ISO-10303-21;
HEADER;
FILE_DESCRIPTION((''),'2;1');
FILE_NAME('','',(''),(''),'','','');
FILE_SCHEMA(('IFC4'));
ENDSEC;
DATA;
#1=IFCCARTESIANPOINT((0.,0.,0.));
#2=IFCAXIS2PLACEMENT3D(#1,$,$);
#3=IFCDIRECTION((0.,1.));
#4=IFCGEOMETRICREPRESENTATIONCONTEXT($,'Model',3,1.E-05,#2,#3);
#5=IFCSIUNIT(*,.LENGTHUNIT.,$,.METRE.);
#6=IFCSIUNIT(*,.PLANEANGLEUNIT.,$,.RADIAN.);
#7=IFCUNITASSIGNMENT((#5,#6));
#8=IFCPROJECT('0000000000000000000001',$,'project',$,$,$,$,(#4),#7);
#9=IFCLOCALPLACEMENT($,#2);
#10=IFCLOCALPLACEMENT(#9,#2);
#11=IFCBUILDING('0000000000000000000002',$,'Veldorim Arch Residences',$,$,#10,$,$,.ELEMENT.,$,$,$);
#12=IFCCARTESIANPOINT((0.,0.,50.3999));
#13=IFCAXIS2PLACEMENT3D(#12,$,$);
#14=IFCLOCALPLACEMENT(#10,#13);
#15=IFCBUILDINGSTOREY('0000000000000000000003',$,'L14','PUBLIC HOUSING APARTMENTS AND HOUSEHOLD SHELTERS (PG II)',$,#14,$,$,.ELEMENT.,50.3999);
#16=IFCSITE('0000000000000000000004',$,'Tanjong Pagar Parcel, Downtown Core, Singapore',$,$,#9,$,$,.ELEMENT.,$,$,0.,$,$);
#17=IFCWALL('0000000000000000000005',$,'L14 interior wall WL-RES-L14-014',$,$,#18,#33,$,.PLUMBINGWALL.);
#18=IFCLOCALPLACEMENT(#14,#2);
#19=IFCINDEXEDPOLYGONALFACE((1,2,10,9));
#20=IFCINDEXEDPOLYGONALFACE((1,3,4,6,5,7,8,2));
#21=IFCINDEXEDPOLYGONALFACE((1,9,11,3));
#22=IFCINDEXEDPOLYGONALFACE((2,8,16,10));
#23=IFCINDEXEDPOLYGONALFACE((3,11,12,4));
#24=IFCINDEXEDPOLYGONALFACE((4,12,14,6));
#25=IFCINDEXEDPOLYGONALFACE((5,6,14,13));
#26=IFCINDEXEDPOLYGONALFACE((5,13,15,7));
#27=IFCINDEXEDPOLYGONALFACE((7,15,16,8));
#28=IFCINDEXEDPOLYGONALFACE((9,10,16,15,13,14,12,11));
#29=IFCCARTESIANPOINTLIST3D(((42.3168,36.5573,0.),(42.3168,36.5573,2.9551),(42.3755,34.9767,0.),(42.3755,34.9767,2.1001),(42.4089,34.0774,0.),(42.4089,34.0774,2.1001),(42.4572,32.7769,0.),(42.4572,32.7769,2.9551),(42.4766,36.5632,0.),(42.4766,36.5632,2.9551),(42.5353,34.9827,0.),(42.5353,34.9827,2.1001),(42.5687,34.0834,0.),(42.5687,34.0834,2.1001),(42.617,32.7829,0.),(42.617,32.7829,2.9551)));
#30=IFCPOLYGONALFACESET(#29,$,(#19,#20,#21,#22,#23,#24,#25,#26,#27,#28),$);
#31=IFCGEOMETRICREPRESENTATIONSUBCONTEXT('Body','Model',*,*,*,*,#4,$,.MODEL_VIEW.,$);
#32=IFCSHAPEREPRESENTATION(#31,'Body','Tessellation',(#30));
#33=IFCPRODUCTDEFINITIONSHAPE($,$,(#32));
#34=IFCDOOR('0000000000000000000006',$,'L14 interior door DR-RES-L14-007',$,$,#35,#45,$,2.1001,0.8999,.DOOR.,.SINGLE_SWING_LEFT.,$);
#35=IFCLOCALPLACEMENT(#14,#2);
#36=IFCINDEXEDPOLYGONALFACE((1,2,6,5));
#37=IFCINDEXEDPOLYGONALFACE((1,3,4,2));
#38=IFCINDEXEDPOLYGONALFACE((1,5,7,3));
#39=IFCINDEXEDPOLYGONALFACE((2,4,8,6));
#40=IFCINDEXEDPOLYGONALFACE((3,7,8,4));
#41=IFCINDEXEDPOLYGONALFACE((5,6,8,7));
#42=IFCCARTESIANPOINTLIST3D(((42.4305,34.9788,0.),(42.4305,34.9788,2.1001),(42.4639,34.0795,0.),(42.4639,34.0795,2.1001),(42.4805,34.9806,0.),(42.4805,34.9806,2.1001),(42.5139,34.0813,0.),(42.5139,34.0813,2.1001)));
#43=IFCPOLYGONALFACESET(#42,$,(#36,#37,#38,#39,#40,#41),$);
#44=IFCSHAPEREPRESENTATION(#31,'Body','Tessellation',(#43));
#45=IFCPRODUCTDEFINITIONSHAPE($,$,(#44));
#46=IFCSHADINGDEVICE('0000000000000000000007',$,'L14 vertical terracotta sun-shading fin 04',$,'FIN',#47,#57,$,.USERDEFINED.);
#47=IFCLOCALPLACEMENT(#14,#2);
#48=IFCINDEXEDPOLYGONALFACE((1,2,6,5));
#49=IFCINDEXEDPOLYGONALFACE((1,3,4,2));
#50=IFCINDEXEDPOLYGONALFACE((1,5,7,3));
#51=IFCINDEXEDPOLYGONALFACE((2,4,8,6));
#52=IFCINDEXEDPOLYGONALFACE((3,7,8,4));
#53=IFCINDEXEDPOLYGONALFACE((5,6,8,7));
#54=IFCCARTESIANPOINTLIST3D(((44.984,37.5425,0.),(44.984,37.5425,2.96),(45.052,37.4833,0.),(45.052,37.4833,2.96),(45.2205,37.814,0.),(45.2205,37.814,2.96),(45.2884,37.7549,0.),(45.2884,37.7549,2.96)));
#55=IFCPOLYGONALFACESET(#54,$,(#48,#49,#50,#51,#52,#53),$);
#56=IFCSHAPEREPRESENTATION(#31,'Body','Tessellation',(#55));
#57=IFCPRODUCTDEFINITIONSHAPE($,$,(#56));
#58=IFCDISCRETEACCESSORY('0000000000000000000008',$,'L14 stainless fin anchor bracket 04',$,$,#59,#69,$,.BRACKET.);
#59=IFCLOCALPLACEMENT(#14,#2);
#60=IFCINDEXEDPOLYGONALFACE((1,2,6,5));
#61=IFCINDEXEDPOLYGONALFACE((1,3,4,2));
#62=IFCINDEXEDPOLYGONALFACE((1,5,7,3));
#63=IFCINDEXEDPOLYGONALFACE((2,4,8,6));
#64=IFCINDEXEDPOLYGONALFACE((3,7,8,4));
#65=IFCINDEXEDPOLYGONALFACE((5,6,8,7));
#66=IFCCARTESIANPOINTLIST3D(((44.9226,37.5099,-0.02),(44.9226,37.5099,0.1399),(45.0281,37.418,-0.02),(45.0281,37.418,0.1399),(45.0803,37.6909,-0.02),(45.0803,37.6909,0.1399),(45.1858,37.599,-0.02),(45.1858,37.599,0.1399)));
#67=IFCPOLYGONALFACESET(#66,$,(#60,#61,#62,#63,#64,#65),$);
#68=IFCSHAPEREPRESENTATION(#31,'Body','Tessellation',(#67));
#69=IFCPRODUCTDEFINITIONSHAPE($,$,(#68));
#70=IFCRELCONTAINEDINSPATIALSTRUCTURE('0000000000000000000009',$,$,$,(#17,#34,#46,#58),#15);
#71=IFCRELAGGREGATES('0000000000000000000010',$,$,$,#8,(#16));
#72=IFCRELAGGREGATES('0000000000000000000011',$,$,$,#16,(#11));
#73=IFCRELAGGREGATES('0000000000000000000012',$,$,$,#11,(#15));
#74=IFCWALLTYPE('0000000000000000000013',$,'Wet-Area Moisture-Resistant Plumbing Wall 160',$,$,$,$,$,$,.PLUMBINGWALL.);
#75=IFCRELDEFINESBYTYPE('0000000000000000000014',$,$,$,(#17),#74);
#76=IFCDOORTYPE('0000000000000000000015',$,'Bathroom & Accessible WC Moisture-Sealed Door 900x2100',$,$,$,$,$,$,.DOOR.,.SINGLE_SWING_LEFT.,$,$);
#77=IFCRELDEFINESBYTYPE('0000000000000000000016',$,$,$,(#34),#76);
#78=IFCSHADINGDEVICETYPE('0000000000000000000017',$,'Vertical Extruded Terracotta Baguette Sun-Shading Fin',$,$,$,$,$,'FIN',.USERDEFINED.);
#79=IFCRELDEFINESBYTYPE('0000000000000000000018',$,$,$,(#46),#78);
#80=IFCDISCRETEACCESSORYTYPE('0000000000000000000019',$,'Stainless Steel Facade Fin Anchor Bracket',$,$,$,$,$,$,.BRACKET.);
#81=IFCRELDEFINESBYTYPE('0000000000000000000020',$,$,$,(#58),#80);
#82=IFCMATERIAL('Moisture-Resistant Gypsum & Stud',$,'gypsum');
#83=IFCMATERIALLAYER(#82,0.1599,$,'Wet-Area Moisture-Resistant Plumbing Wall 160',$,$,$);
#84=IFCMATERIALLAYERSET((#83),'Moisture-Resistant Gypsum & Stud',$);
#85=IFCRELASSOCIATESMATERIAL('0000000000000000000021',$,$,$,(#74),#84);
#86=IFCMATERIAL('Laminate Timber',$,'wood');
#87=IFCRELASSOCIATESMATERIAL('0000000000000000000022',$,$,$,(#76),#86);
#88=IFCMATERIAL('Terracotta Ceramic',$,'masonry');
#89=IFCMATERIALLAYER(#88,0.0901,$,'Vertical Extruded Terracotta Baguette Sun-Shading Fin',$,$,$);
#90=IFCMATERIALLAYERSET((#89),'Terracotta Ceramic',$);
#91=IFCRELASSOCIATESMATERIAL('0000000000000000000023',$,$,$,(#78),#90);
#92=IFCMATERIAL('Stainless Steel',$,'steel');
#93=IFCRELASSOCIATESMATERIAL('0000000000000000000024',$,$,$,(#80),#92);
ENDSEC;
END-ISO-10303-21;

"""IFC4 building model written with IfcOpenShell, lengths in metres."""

from ifc_helpers import new_model, si_unit, direction, frame, frame_2d, origin, origin_2d, place, context, subcontext, project, spatial, rectangle, extrude, material, layer, layer_set, type_object, element, fill, save


model = new_model("IFC4")

# Units and contexts
model_context = context("Model", 3, precision=1e-05, world=origin(), true_north=direction((0.0, 1.0)))
body_context = subcontext(model_context, "Body", "Model", "MODEL_VIEW")
ifc_project = project(units=[si_unit("LENGTHUNIT", "METRE"), si_unit("PLANEANGLEUNIT", "RADIAN")], contexts=[model_context])

# Site, building, storey
site_placement = place(None, origin())
site = spatial("IfcSite", under=ifc_project, at=site_placement, Name="Tanjong Pagar Parcel, Downtown Core, Singapore", CompositionType="ELEMENT", RefElevation=0.0)
building_placement = place(site_placement, origin())
building = spatial("IfcBuilding", under=site, at=building_placement, Name="Veldorim Arch Residences", CompositionType="ELEMENT")
storey_placement = place(building_placement, frame((0.0, 0.0, 50.3999)))
storey = spatial("IfcBuildingStorey", under=building, at=storey_placement, Name="L14", Description="PUBLIC HOUSING APARTMENTS AND HOUSEHOLD SHELTERS (PG II)", CompositionType="ELEMENT", Elevation=50.3999)

# Wall, opening, door
ifc_material_1 = material(Name="Moisture-Resistant Gypsum & Stud", Category="gypsum")
ifc_layer_1 = layer(ifc_material_1, 0.1599, Name="Wet-Area Moisture-Resistant Plumbing Wall 160")
ifc_layer_set_1 = layer_set([ifc_layer_1], Name="Moisture-Resistant Gypsum & Stud")
wall_type_1 = type_object("IfcWallType", Name="Wet-Area Moisture-Resistant Plumbing Wall 160", PredefinedType="PLUMBINGWALL", material=ifc_layer_set_1)
wall_1_placement = place(storey_placement, frame((42.5371, 32.7798, 0.0), z_axis=(0.0, 0.0, 1.0), x_axis=(-0.03711, 0.999311, 0.0)))
wall_1 = element("IfcWall", 1, at=wall_1_placement, inside=storey, type_object=wall_type_1, Name="L14 interior wall WL-RES-L14-014", PredefinedType="PLUMBINGWALL", context=body_context, shape_type="SweptSolid", body=[
    extrude(rectangle(XDim=3.783, YDim=0.1599, at=frame_2d((1.8916, 0.0))), origin(), (0.0, 0.0, 1.0), 2.9551),
])
opening_1_placement = place(wall_1_placement, frame((1.3015, 0.0, 0.0)))
opening_1 = element("IfcOpeningElement", 2, at=opening_1_placement, cuts=wall_1, PredefinedType="OPENING", context=body_context, shape_type="SweptSolid", body=[
    extrude(rectangle(XDim=0.8999, YDim=2.1001, at=frame_2d((0.45, 1.05))), frame((0.0, 0.0898, 0.0), z_axis=(0.0, -1.0, 0.0), x_axis=(1.0, 0.0, 0.0)), (0.0, 0.0, 1.0), 0.1799),
])
ifc_material_2 = material(Name="Laminate Timber", Category="wood")
door_type = type_object("IfcDoorType", Name="Bathroom & Accessible WC Moisture-Sealed Door 900x2100", OperationType="SINGLE_SWING_LEFT", PredefinedType="DOOR", material=ifc_material_2)
door_placement = place(opening_1_placement, origin())
door = element("IfcDoor", 3, at=door_placement, inside=storey, type_object=door_type, Name="L14 interior door DR-RES-L14-007", OperationType="SINGLE_SWING_LEFT", OverallHeight=2.1001, OverallWidth=0.8999, PredefinedType="DOOR", context=body_context, shape_type="SweptSolid", body=[
    extrude(rectangle(XDim=0.8999, YDim=2.1001, at=frame_2d((0.45, 1.05))), frame((0.0, 0.0249, 0.0), z_axis=(0.0, -1.0, 0.0), x_axis=(1.0, 0.0, 0.0)), (0.0, 0.0, 1.0), 0.05),
])
fill(opening_1, door)

# Shading device
ifc_material_3 = material(Name="Terracotta Ceramic", Category="masonry")
ifc_layer_2 = layer(ifc_material_3, 0.0901, Name="Vertical Extruded Terracotta Baguette Sun-Shading Fin")
ifc_layer_set_2 = layer_set([ifc_layer_2], Name="Terracotta Ceramic")
shading_device_type = type_object("IfcShadingDeviceType", Name="Vertical Extruded Terracotta Baguette Sun-Shading Fin", ElementType="FIN", PredefinedType="USERDEFINED", material=ifc_layer_set_2)
shading_device_placement = place(storey_placement, frame((45.1362, 37.6487, 0.0), z_axis=(0.0, 0.0, 1.0), x_axis=(0.754137, -0.656717, 0.0)))
element("IfcShadingDevice", 4, at=shading_device_placement, inside=storey, type_object=shading_device_type, Name="L14 vertical terracotta sun-shading fin 04", ObjectType="FIN", PredefinedType="USERDEFINED", context=body_context, shape_type="SweptSolid", body=[
    extrude(rectangle(XDim=0.0901, YDim=0.3601, at=origin_2d()), origin(), (0.0, 0.0, 1.0), 2.96),
])

# Discrete accessory
ifc_material_4 = material(Name="Stainless Steel", Category="steel")
discrete_accessory_type = type_object("IfcDiscreteAccessoryType", Name="Stainless Steel Facade Fin Anchor Bracket", PredefinedType="BRACKET", material=ifc_material_4)
discrete_accessory_placement = place(storey_placement, frame((45.0542, 37.5544, -0.02), z_axis=(0.0, 0.0, 1.0), x_axis=(0.754137, -0.656717, 0.0)))
element("IfcDiscreteAccessory", 5, at=discrete_accessory_placement, inside=storey, type_object=discrete_accessory_type, Name="L14 stainless fin anchor bracket 04", PredefinedType="BRACKET", context=body_context, shape_type="SweptSolid", body=[
    extrude(rectangle(XDim=0.1399, YDim=0.24, at=origin_2d()), origin(), (0.0, 0.0, 1.0), 0.1599),
])

save(model, "model.ifc")
